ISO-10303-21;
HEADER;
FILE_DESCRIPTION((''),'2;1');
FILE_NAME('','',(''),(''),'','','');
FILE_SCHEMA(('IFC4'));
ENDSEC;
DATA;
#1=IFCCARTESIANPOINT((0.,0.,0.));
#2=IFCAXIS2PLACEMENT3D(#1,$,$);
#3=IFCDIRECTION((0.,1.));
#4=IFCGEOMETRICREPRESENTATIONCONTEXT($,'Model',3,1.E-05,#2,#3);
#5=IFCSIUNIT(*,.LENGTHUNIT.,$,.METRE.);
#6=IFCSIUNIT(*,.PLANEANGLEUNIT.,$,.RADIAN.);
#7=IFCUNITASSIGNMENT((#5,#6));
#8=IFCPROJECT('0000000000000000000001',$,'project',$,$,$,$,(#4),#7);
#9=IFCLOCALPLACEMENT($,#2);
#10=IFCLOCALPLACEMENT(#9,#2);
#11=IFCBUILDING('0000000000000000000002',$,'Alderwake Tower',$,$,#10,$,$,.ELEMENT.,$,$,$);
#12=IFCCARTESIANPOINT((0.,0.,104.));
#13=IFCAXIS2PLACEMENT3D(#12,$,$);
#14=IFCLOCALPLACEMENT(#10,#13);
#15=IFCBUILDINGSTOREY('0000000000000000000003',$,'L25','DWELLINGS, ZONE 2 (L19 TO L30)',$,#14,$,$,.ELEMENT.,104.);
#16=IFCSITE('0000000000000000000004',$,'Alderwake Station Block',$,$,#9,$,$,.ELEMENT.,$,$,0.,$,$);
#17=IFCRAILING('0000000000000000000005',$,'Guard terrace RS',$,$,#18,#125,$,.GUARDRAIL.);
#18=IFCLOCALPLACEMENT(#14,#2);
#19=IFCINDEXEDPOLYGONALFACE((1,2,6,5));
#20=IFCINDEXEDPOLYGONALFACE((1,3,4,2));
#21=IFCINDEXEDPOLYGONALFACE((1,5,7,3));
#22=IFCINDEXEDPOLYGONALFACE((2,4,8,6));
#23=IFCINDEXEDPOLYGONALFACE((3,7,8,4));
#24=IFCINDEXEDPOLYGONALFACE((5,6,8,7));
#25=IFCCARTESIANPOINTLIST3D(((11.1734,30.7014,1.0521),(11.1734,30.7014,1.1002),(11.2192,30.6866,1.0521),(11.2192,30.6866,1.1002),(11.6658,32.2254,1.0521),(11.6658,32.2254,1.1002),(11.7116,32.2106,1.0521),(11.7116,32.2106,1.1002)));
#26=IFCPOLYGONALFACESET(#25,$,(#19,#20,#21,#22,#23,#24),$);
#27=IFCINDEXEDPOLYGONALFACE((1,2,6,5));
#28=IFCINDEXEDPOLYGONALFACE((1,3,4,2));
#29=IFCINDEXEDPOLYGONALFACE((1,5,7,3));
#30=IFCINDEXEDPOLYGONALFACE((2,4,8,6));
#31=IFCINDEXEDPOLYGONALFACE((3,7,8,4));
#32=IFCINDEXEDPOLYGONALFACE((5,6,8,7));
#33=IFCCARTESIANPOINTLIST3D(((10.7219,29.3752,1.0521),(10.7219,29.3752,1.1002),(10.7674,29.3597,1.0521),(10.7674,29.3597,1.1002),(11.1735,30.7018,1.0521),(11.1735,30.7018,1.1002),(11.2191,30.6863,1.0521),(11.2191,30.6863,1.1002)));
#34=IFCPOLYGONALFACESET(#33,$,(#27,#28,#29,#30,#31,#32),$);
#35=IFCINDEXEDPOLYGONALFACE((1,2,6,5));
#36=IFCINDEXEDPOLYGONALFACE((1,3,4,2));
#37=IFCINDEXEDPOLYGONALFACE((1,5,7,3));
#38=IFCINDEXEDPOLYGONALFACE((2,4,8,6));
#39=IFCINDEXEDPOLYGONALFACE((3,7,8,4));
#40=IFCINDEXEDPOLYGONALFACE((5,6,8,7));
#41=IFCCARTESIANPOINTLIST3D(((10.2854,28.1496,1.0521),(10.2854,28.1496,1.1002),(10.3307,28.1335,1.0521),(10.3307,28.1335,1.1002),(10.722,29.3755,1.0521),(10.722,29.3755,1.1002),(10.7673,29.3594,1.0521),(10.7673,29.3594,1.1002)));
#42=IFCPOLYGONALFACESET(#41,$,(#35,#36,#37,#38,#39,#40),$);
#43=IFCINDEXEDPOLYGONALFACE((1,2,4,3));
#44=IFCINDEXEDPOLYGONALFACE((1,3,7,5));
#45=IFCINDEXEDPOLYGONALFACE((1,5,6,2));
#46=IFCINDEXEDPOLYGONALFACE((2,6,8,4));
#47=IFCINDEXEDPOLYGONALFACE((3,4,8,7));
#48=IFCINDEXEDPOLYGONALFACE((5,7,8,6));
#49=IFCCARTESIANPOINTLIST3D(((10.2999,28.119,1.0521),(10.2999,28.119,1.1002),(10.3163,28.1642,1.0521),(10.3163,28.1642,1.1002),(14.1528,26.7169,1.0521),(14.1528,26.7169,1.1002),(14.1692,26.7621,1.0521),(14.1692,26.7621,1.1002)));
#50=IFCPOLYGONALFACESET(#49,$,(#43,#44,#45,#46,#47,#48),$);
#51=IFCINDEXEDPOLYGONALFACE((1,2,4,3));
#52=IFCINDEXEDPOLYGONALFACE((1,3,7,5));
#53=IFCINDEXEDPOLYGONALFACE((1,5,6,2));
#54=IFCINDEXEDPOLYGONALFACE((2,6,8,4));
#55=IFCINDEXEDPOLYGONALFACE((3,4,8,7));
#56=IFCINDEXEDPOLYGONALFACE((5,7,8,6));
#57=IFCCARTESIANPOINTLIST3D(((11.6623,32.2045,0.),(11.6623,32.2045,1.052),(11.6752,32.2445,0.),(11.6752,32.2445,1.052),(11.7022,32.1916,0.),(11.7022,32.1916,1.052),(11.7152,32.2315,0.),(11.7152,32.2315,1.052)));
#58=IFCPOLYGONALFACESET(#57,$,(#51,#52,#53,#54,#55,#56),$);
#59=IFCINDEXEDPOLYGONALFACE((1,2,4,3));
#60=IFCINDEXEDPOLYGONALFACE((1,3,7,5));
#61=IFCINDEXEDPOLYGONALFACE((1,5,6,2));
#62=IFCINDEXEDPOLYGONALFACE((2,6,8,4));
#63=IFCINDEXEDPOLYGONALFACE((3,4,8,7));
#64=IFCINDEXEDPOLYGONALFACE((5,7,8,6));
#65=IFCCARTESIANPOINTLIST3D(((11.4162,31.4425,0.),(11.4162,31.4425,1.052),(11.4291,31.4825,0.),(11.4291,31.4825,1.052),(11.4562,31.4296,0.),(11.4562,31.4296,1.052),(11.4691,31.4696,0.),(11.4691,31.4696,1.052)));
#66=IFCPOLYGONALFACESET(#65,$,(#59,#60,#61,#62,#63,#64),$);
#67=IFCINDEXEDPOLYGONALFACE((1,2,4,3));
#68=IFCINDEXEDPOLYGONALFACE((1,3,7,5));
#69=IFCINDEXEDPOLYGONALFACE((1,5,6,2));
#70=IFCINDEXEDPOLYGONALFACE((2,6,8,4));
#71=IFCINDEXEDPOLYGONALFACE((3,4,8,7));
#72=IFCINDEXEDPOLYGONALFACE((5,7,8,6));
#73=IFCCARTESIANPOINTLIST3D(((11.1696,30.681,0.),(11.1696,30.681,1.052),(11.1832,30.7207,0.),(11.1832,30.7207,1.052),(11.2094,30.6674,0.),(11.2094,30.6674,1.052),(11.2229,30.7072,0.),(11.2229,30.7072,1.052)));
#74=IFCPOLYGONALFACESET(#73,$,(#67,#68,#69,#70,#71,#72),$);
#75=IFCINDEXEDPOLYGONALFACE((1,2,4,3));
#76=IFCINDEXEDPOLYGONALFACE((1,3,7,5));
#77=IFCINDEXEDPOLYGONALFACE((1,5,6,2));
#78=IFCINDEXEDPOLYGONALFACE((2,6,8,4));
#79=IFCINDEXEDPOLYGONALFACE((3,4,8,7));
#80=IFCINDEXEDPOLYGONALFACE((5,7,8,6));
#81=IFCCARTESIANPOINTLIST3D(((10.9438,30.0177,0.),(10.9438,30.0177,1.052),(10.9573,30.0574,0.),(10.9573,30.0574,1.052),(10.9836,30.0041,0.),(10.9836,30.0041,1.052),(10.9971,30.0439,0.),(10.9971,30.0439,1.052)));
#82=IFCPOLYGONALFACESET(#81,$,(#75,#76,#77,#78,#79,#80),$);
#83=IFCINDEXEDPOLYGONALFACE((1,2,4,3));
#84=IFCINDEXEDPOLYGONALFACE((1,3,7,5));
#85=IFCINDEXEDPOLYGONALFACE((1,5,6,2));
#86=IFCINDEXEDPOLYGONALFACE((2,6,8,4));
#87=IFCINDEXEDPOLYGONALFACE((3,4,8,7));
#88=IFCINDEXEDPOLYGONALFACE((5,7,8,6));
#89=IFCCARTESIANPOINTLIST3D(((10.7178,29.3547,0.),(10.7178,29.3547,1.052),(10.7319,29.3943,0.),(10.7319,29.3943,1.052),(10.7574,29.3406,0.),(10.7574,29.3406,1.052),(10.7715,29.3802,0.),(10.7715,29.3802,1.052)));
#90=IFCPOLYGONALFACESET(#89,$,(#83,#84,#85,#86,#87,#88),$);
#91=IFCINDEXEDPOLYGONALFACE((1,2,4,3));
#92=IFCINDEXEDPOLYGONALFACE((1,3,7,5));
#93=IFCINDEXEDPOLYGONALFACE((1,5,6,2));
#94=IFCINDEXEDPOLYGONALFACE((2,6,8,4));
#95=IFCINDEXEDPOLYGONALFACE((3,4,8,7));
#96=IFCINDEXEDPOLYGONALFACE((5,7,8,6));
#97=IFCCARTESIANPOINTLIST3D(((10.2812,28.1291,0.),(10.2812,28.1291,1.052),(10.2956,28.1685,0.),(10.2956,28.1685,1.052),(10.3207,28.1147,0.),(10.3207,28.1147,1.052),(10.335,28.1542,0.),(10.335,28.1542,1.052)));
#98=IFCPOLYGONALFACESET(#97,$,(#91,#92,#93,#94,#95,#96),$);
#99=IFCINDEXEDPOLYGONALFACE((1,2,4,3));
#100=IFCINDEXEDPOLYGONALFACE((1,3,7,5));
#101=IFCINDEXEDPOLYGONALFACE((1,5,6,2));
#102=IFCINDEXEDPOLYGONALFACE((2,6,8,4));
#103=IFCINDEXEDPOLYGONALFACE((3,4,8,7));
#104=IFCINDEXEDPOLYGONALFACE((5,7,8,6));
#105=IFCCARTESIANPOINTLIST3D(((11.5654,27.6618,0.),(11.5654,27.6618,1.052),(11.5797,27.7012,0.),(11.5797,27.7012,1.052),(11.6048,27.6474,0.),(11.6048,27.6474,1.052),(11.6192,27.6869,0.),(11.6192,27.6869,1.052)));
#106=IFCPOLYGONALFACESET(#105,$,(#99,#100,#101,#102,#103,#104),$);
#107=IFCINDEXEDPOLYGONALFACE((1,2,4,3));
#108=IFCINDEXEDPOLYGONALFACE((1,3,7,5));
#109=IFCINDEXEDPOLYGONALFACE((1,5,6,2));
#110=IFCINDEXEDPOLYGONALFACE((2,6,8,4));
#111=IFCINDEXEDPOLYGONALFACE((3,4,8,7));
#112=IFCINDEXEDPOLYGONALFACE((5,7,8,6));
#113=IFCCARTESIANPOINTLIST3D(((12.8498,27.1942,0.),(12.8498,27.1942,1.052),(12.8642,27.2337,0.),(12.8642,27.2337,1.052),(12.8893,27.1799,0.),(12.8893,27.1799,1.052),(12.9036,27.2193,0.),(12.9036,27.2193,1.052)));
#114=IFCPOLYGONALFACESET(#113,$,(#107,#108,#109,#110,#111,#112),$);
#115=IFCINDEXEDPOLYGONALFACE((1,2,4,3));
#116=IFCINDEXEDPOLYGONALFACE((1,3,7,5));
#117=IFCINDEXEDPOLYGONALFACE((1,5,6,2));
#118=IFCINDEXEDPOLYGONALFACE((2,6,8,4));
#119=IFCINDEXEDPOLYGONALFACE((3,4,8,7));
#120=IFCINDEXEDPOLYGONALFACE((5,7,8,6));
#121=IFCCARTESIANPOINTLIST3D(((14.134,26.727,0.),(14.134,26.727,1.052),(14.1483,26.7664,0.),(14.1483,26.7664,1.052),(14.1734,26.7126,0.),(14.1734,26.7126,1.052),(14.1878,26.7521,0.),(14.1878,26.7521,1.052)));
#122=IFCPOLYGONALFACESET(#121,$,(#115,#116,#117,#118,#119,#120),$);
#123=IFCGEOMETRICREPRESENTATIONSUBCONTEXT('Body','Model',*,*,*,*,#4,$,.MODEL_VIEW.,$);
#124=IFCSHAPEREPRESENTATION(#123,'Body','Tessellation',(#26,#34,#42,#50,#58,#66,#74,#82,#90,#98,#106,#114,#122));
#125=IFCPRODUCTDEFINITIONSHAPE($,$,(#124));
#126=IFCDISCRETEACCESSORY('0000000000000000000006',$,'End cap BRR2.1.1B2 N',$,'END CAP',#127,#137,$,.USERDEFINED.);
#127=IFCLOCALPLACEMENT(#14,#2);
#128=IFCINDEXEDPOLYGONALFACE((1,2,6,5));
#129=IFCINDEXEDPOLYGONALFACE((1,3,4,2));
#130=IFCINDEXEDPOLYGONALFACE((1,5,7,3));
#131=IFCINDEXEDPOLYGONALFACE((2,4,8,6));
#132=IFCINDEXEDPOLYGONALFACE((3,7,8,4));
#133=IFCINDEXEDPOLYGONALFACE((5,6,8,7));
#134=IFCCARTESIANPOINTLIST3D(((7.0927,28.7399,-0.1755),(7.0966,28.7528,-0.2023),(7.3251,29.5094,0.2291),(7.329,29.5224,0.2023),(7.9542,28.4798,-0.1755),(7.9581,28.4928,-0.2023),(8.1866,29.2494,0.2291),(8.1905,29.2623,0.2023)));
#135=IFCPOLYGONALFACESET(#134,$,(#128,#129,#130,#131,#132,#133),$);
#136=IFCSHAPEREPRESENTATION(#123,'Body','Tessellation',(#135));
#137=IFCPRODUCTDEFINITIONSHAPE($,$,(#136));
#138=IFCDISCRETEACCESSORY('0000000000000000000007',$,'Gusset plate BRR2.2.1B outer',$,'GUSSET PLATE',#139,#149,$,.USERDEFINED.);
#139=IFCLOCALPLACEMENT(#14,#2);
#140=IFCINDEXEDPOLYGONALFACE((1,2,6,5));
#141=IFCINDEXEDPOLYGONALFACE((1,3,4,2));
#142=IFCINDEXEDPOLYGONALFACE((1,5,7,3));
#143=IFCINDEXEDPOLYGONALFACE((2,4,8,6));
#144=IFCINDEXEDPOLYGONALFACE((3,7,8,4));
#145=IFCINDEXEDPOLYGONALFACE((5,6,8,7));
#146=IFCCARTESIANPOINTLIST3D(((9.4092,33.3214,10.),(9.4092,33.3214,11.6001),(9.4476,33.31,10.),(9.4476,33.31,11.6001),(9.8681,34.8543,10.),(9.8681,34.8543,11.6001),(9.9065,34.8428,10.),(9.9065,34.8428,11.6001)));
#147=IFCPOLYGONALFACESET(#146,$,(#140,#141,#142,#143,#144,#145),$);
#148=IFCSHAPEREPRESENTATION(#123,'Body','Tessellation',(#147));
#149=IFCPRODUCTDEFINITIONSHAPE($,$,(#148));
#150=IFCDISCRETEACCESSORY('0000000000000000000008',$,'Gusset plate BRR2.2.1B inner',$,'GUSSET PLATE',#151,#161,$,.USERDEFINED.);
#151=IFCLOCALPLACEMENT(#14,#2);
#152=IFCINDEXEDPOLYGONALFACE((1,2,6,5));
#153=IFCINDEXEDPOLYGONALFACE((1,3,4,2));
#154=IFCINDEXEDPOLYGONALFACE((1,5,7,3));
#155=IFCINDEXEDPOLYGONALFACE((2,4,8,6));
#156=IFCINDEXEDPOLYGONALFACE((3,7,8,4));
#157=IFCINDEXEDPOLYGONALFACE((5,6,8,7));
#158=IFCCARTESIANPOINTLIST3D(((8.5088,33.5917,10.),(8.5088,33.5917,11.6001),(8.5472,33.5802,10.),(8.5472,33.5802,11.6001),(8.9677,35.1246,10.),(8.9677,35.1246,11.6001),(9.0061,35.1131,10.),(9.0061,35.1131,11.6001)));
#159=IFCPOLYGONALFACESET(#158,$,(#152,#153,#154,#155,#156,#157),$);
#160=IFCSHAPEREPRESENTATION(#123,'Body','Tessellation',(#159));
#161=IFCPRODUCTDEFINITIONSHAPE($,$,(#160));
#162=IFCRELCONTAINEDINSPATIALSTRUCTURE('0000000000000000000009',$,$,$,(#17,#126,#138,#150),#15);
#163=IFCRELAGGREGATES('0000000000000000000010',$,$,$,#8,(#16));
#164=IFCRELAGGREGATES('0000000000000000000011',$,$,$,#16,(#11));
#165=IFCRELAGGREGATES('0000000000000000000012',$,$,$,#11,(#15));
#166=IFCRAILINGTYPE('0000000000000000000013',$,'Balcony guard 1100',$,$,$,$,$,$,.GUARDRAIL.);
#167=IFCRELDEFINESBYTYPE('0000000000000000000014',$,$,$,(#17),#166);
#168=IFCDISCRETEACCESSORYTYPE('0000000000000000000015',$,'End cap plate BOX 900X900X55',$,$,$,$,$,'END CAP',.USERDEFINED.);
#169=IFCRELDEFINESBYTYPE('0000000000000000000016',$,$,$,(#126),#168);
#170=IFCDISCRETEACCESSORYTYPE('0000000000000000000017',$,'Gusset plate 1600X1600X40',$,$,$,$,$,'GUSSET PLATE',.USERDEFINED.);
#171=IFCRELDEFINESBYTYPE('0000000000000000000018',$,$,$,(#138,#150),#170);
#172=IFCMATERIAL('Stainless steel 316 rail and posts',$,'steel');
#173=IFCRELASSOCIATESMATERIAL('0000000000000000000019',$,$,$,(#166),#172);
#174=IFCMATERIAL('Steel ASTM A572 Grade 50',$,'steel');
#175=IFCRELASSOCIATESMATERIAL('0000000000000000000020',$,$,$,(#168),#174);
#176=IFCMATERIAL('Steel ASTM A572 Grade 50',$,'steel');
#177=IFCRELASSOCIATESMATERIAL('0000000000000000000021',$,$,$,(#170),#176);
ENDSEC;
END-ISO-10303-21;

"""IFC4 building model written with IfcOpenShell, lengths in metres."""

from ifc_helpers import new_model, si_unit, direction, frame, origin, origin_2d, place, context, subcontext, project, spatial, rectangle, extrude, material, material_profile, profile_set, type_object, element, save


model = new_model("IFC4")

# Units and contexts
model_context = context("Model", 3, precision=1e-05, world=origin(), true_north=direction((0.0, 1.0)))
body_context = subcontext(model_context, "Body", "Model", "MODEL_VIEW")
ifc_project = project(units=[si_unit("LENGTHUNIT", "METRE"), si_unit("PLANEANGLEUNIT", "RADIAN")], contexts=[model_context])

# Site, building, storey
site_placement = place(None, origin())
site = spatial("IfcSite", under=ifc_project, at=site_placement, Name="Alderwake Station Block", CompositionType="ELEMENT", RefElevation=0.0)
building_placement = place(site_placement, origin())
building = spatial("IfcBuilding", under=site, at=building_placement, Name="Alderwake Tower", CompositionType="ELEMENT")
storey_placement = place(building_placement, frame((0.0, 0.0, 104.0)))
storey = spatial("IfcBuildingStorey", under=building, at=storey_placement, Name="L25", Description="DWELLINGS, ZONE 2 (L19 TO L30)", CompositionType="ELEMENT", Elevation=104.0)

# Railing
ifc_material_1 = material(Name="Stainless steel 316 rail and posts", Category="steel")
railing_type = type_object("IfcRailingType", Name="Balcony guard 1100", PredefinedType="GUARDRAIL", material=ifc_material_1)
railing_1_placement = place(storey_placement, frame((11.6887, 32.218, 0.0)))
element("IfcRailing", 1, at=railing_1_placement, inside=storey, type_object=railing_type, Name="Guard terrace RS", PredefinedType="GUARDRAIL", context=body_context, shape_type="SweptSolid", body=[
    extrude(rectangle(XDim=0.0481, YDim=0.0481, at=origin_2d()), frame((0.0, 0.0, 1.0762), z_axis=(-0.307479, -0.951555, 0.0), x_axis=(0.951555, -0.307479, 0.0)), (0.0, 0.0, 1.0), 1.6016),
    extrude(rectangle(XDim=0.0481, YDim=0.0481, at=origin_2d()), frame((-0.4924, -1.5239, 1.0762), z_axis=(-0.322284, -0.946643, 0.0), x_axis=(0.946643, -0.322284, 0.0)), (0.0, 0.0, 1.0), 1.4014),
    extrude(rectangle(XDim=0.0481, YDim=0.0481, at=origin_2d()), frame((-0.9441, -2.8506, 1.0762), z_axis=(-0.335469, -0.942051, 0.0), x_axis=(0.942051, -0.335469, 0.0)), (0.0, 0.0, 1.0), 1.3013),
    extrude(rectangle(XDim=0.0481, YDim=0.0481, at=origin_2d()), frame((-1.3806, -4.0764, 1.0762), z_axis=(0.939708, -0.341977, 0.0), x_axis=(0.341977, 0.939708, 0.0)), (0.0, 0.0, 1.0), 4.1001),
    extrude(rectangle(XDim=0.042, YDim=0.042, at=origin_2d()), frame((0.0, 0.0, 0.0), z_axis=(0.0, 0.0, 1.0), x_axis=(-0.307479, -0.951555, 0.0)), (0.0, 0.0, 1.0), 1.052),
    extrude(rectangle(XDim=0.042, YDim=0.042, at=origin_2d()), frame((-0.2461, -0.762, 0.0), z_axis=(0.0, 0.0, 1.0), x_axis=(-0.307479, -0.951555, 0.0)), (0.0, 0.0, 1.0), 1.052),
    extrude(rectangle(XDim=0.042, YDim=0.042, at=origin_2d()), frame((-0.4924, -1.5239, 0.0), z_axis=(0.0, 0.0, 1.0), x_axis=(-0.322284, -0.946643, 0.0)), (0.0, 0.0, 1.0), 1.052),
    extrude(rectangle(XDim=0.042, YDim=0.042, at=origin_2d()), frame((-0.7183, -2.1873, 0.0), z_axis=(0.0, 0.0, 1.0), x_axis=(-0.322284, -0.946643, 0.0)), (0.0, 0.0, 1.0), 1.052),
    extrude(rectangle(XDim=0.042, YDim=0.042, at=origin_2d()), frame((-0.9441, -2.8506, 0.0), z_axis=(0.0, 0.0, 1.0), x_axis=(-0.335469, -0.942051, 0.0)), (0.0, 0.0, 1.0), 1.052),
    extrude(rectangle(XDim=0.042, YDim=0.042, at=origin_2d()), frame((-1.3806, -4.0764, 0.0), z_axis=(0.0, 0.0, 1.0), x_axis=(0.939708, -0.341977, 0.0)), (0.0, 0.0, 1.0), 1.052),
    extrude(rectangle(XDim=0.042, YDim=0.042, at=origin_2d()), frame((-0.0964, -4.5437, 0.0), z_axis=(0.0, 0.0, 1.0), x_axis=(0.939708, -0.341977, 0.0)), (0.0, 0.0, 1.0), 1.052),
    extrude(rectangle(XDim=0.042, YDim=0.042, at=origin_2d()), frame((1.188, -5.0112, 0.0), z_axis=(0.0, 0.0, 1.0), x_axis=(0.939708, -0.341977, 0.0)), (0.0, 0.0, 1.0), 1.052),
    extrude(rectangle(XDim=0.042, YDim=0.042, at=origin_2d()), frame((2.4722, -5.4785, 0.0), z_axis=(0.0, 0.0, 1.0), x_axis=(0.939708, -0.341977, 0.0)), (0.0, 0.0, 1.0), 1.052),
])

# Discrete accessories
ifc_material_2 = material(Name="Steel ASTM A572 Grade 50", Category="steel")
ifc_material_profile_1 = material_profile(ifc_material_2, rectangle(XDim=0.8999, YDim=0.8999, at=origin_2d()), Name="BOX 900X900X55 cap")
ifc_profile_set_1 = profile_set([ifc_material_profile_1], Name="Steel ASTM A572 Grade 50")
discrete_accessory_type_1 = type_object("IfcDiscreteAccessoryType", Name="End cap plate BOX 900X900X55", ElementType="END CAP", PredefinedType="USERDEFINED", material=ifc_profile_set_1)
discrete_accessory_placement = place(storey_placement, frame((7.6436, 29.0076, 0.0), z_axis=(-0.129927, -0.430383, 0.893247), x_axis=(0.957328, -0.289005, 0.0)))
element("IfcDiscreteAccessory", 2, at=discrete_accessory_placement, inside=storey, type_object=discrete_accessory_type_1, Name="End cap BRR2.1.1B2 N", ObjectType="END CAP", PredefinedType="USERDEFINED", context=body_context, shape_type="SweptSolid", body=[
    extrude(rectangle(XDim=0.8999, YDim=0.8999, at=origin_2d()), origin(), (0.0, 0.0, 1.0), 0.03),
])
ifc_material_3 = material(Name="Steel ASTM A572 Grade 50", Category="steel")
ifc_material_profile_2 = material_profile(ifc_material_3, rectangle(XDim=1.6001, YDim=1.6001, at=origin_2d()), Name="gusset 1600X1600")
ifc_profile_set_2 = profile_set([ifc_material_profile_2], Name="Steel ASTM A572 Grade 50")
discrete_accessory_type_2 = type_object("IfcDiscreteAccessoryType", Name="Gusset plate 1600X1600X40", ElementType="GUSSET PLATE", PredefinedType="USERDEFINED", material=ifc_profile_set_2)
for number, where, z_axis, x_axis, name in (
    (3, (9.6387, 34.0879, 10.8), (0.957994, -0.286788, 0.0), (0.286788, 0.957994, 0.0), "Gusset plate BRR2.2.1B outer"),
    (4, (8.7766, 34.3467, 10.8), (-0.957994, 0.286788, 0.0), (-0.286788, -0.957994, 0.0), "Gusset plate BRR2.2.1B inner"),
):
    element("IfcDiscreteAccessory", number, at=place(storey_placement, frame(where, z_axis=z_axis, x_axis=x_axis)), inside=storey, type_object=discrete_accessory_type_2, Name=name, ObjectType="GUSSET PLATE", PredefinedType="USERDEFINED", context=body_context, shape_type="SweptSolid", body=[
        extrude(rectangle(XDim=1.6001, YDim=1.6001, at=origin_2d()), origin(), (0.0, 0.0, 1.0), 0.04),
    ])

save(model, "model.ifc")
